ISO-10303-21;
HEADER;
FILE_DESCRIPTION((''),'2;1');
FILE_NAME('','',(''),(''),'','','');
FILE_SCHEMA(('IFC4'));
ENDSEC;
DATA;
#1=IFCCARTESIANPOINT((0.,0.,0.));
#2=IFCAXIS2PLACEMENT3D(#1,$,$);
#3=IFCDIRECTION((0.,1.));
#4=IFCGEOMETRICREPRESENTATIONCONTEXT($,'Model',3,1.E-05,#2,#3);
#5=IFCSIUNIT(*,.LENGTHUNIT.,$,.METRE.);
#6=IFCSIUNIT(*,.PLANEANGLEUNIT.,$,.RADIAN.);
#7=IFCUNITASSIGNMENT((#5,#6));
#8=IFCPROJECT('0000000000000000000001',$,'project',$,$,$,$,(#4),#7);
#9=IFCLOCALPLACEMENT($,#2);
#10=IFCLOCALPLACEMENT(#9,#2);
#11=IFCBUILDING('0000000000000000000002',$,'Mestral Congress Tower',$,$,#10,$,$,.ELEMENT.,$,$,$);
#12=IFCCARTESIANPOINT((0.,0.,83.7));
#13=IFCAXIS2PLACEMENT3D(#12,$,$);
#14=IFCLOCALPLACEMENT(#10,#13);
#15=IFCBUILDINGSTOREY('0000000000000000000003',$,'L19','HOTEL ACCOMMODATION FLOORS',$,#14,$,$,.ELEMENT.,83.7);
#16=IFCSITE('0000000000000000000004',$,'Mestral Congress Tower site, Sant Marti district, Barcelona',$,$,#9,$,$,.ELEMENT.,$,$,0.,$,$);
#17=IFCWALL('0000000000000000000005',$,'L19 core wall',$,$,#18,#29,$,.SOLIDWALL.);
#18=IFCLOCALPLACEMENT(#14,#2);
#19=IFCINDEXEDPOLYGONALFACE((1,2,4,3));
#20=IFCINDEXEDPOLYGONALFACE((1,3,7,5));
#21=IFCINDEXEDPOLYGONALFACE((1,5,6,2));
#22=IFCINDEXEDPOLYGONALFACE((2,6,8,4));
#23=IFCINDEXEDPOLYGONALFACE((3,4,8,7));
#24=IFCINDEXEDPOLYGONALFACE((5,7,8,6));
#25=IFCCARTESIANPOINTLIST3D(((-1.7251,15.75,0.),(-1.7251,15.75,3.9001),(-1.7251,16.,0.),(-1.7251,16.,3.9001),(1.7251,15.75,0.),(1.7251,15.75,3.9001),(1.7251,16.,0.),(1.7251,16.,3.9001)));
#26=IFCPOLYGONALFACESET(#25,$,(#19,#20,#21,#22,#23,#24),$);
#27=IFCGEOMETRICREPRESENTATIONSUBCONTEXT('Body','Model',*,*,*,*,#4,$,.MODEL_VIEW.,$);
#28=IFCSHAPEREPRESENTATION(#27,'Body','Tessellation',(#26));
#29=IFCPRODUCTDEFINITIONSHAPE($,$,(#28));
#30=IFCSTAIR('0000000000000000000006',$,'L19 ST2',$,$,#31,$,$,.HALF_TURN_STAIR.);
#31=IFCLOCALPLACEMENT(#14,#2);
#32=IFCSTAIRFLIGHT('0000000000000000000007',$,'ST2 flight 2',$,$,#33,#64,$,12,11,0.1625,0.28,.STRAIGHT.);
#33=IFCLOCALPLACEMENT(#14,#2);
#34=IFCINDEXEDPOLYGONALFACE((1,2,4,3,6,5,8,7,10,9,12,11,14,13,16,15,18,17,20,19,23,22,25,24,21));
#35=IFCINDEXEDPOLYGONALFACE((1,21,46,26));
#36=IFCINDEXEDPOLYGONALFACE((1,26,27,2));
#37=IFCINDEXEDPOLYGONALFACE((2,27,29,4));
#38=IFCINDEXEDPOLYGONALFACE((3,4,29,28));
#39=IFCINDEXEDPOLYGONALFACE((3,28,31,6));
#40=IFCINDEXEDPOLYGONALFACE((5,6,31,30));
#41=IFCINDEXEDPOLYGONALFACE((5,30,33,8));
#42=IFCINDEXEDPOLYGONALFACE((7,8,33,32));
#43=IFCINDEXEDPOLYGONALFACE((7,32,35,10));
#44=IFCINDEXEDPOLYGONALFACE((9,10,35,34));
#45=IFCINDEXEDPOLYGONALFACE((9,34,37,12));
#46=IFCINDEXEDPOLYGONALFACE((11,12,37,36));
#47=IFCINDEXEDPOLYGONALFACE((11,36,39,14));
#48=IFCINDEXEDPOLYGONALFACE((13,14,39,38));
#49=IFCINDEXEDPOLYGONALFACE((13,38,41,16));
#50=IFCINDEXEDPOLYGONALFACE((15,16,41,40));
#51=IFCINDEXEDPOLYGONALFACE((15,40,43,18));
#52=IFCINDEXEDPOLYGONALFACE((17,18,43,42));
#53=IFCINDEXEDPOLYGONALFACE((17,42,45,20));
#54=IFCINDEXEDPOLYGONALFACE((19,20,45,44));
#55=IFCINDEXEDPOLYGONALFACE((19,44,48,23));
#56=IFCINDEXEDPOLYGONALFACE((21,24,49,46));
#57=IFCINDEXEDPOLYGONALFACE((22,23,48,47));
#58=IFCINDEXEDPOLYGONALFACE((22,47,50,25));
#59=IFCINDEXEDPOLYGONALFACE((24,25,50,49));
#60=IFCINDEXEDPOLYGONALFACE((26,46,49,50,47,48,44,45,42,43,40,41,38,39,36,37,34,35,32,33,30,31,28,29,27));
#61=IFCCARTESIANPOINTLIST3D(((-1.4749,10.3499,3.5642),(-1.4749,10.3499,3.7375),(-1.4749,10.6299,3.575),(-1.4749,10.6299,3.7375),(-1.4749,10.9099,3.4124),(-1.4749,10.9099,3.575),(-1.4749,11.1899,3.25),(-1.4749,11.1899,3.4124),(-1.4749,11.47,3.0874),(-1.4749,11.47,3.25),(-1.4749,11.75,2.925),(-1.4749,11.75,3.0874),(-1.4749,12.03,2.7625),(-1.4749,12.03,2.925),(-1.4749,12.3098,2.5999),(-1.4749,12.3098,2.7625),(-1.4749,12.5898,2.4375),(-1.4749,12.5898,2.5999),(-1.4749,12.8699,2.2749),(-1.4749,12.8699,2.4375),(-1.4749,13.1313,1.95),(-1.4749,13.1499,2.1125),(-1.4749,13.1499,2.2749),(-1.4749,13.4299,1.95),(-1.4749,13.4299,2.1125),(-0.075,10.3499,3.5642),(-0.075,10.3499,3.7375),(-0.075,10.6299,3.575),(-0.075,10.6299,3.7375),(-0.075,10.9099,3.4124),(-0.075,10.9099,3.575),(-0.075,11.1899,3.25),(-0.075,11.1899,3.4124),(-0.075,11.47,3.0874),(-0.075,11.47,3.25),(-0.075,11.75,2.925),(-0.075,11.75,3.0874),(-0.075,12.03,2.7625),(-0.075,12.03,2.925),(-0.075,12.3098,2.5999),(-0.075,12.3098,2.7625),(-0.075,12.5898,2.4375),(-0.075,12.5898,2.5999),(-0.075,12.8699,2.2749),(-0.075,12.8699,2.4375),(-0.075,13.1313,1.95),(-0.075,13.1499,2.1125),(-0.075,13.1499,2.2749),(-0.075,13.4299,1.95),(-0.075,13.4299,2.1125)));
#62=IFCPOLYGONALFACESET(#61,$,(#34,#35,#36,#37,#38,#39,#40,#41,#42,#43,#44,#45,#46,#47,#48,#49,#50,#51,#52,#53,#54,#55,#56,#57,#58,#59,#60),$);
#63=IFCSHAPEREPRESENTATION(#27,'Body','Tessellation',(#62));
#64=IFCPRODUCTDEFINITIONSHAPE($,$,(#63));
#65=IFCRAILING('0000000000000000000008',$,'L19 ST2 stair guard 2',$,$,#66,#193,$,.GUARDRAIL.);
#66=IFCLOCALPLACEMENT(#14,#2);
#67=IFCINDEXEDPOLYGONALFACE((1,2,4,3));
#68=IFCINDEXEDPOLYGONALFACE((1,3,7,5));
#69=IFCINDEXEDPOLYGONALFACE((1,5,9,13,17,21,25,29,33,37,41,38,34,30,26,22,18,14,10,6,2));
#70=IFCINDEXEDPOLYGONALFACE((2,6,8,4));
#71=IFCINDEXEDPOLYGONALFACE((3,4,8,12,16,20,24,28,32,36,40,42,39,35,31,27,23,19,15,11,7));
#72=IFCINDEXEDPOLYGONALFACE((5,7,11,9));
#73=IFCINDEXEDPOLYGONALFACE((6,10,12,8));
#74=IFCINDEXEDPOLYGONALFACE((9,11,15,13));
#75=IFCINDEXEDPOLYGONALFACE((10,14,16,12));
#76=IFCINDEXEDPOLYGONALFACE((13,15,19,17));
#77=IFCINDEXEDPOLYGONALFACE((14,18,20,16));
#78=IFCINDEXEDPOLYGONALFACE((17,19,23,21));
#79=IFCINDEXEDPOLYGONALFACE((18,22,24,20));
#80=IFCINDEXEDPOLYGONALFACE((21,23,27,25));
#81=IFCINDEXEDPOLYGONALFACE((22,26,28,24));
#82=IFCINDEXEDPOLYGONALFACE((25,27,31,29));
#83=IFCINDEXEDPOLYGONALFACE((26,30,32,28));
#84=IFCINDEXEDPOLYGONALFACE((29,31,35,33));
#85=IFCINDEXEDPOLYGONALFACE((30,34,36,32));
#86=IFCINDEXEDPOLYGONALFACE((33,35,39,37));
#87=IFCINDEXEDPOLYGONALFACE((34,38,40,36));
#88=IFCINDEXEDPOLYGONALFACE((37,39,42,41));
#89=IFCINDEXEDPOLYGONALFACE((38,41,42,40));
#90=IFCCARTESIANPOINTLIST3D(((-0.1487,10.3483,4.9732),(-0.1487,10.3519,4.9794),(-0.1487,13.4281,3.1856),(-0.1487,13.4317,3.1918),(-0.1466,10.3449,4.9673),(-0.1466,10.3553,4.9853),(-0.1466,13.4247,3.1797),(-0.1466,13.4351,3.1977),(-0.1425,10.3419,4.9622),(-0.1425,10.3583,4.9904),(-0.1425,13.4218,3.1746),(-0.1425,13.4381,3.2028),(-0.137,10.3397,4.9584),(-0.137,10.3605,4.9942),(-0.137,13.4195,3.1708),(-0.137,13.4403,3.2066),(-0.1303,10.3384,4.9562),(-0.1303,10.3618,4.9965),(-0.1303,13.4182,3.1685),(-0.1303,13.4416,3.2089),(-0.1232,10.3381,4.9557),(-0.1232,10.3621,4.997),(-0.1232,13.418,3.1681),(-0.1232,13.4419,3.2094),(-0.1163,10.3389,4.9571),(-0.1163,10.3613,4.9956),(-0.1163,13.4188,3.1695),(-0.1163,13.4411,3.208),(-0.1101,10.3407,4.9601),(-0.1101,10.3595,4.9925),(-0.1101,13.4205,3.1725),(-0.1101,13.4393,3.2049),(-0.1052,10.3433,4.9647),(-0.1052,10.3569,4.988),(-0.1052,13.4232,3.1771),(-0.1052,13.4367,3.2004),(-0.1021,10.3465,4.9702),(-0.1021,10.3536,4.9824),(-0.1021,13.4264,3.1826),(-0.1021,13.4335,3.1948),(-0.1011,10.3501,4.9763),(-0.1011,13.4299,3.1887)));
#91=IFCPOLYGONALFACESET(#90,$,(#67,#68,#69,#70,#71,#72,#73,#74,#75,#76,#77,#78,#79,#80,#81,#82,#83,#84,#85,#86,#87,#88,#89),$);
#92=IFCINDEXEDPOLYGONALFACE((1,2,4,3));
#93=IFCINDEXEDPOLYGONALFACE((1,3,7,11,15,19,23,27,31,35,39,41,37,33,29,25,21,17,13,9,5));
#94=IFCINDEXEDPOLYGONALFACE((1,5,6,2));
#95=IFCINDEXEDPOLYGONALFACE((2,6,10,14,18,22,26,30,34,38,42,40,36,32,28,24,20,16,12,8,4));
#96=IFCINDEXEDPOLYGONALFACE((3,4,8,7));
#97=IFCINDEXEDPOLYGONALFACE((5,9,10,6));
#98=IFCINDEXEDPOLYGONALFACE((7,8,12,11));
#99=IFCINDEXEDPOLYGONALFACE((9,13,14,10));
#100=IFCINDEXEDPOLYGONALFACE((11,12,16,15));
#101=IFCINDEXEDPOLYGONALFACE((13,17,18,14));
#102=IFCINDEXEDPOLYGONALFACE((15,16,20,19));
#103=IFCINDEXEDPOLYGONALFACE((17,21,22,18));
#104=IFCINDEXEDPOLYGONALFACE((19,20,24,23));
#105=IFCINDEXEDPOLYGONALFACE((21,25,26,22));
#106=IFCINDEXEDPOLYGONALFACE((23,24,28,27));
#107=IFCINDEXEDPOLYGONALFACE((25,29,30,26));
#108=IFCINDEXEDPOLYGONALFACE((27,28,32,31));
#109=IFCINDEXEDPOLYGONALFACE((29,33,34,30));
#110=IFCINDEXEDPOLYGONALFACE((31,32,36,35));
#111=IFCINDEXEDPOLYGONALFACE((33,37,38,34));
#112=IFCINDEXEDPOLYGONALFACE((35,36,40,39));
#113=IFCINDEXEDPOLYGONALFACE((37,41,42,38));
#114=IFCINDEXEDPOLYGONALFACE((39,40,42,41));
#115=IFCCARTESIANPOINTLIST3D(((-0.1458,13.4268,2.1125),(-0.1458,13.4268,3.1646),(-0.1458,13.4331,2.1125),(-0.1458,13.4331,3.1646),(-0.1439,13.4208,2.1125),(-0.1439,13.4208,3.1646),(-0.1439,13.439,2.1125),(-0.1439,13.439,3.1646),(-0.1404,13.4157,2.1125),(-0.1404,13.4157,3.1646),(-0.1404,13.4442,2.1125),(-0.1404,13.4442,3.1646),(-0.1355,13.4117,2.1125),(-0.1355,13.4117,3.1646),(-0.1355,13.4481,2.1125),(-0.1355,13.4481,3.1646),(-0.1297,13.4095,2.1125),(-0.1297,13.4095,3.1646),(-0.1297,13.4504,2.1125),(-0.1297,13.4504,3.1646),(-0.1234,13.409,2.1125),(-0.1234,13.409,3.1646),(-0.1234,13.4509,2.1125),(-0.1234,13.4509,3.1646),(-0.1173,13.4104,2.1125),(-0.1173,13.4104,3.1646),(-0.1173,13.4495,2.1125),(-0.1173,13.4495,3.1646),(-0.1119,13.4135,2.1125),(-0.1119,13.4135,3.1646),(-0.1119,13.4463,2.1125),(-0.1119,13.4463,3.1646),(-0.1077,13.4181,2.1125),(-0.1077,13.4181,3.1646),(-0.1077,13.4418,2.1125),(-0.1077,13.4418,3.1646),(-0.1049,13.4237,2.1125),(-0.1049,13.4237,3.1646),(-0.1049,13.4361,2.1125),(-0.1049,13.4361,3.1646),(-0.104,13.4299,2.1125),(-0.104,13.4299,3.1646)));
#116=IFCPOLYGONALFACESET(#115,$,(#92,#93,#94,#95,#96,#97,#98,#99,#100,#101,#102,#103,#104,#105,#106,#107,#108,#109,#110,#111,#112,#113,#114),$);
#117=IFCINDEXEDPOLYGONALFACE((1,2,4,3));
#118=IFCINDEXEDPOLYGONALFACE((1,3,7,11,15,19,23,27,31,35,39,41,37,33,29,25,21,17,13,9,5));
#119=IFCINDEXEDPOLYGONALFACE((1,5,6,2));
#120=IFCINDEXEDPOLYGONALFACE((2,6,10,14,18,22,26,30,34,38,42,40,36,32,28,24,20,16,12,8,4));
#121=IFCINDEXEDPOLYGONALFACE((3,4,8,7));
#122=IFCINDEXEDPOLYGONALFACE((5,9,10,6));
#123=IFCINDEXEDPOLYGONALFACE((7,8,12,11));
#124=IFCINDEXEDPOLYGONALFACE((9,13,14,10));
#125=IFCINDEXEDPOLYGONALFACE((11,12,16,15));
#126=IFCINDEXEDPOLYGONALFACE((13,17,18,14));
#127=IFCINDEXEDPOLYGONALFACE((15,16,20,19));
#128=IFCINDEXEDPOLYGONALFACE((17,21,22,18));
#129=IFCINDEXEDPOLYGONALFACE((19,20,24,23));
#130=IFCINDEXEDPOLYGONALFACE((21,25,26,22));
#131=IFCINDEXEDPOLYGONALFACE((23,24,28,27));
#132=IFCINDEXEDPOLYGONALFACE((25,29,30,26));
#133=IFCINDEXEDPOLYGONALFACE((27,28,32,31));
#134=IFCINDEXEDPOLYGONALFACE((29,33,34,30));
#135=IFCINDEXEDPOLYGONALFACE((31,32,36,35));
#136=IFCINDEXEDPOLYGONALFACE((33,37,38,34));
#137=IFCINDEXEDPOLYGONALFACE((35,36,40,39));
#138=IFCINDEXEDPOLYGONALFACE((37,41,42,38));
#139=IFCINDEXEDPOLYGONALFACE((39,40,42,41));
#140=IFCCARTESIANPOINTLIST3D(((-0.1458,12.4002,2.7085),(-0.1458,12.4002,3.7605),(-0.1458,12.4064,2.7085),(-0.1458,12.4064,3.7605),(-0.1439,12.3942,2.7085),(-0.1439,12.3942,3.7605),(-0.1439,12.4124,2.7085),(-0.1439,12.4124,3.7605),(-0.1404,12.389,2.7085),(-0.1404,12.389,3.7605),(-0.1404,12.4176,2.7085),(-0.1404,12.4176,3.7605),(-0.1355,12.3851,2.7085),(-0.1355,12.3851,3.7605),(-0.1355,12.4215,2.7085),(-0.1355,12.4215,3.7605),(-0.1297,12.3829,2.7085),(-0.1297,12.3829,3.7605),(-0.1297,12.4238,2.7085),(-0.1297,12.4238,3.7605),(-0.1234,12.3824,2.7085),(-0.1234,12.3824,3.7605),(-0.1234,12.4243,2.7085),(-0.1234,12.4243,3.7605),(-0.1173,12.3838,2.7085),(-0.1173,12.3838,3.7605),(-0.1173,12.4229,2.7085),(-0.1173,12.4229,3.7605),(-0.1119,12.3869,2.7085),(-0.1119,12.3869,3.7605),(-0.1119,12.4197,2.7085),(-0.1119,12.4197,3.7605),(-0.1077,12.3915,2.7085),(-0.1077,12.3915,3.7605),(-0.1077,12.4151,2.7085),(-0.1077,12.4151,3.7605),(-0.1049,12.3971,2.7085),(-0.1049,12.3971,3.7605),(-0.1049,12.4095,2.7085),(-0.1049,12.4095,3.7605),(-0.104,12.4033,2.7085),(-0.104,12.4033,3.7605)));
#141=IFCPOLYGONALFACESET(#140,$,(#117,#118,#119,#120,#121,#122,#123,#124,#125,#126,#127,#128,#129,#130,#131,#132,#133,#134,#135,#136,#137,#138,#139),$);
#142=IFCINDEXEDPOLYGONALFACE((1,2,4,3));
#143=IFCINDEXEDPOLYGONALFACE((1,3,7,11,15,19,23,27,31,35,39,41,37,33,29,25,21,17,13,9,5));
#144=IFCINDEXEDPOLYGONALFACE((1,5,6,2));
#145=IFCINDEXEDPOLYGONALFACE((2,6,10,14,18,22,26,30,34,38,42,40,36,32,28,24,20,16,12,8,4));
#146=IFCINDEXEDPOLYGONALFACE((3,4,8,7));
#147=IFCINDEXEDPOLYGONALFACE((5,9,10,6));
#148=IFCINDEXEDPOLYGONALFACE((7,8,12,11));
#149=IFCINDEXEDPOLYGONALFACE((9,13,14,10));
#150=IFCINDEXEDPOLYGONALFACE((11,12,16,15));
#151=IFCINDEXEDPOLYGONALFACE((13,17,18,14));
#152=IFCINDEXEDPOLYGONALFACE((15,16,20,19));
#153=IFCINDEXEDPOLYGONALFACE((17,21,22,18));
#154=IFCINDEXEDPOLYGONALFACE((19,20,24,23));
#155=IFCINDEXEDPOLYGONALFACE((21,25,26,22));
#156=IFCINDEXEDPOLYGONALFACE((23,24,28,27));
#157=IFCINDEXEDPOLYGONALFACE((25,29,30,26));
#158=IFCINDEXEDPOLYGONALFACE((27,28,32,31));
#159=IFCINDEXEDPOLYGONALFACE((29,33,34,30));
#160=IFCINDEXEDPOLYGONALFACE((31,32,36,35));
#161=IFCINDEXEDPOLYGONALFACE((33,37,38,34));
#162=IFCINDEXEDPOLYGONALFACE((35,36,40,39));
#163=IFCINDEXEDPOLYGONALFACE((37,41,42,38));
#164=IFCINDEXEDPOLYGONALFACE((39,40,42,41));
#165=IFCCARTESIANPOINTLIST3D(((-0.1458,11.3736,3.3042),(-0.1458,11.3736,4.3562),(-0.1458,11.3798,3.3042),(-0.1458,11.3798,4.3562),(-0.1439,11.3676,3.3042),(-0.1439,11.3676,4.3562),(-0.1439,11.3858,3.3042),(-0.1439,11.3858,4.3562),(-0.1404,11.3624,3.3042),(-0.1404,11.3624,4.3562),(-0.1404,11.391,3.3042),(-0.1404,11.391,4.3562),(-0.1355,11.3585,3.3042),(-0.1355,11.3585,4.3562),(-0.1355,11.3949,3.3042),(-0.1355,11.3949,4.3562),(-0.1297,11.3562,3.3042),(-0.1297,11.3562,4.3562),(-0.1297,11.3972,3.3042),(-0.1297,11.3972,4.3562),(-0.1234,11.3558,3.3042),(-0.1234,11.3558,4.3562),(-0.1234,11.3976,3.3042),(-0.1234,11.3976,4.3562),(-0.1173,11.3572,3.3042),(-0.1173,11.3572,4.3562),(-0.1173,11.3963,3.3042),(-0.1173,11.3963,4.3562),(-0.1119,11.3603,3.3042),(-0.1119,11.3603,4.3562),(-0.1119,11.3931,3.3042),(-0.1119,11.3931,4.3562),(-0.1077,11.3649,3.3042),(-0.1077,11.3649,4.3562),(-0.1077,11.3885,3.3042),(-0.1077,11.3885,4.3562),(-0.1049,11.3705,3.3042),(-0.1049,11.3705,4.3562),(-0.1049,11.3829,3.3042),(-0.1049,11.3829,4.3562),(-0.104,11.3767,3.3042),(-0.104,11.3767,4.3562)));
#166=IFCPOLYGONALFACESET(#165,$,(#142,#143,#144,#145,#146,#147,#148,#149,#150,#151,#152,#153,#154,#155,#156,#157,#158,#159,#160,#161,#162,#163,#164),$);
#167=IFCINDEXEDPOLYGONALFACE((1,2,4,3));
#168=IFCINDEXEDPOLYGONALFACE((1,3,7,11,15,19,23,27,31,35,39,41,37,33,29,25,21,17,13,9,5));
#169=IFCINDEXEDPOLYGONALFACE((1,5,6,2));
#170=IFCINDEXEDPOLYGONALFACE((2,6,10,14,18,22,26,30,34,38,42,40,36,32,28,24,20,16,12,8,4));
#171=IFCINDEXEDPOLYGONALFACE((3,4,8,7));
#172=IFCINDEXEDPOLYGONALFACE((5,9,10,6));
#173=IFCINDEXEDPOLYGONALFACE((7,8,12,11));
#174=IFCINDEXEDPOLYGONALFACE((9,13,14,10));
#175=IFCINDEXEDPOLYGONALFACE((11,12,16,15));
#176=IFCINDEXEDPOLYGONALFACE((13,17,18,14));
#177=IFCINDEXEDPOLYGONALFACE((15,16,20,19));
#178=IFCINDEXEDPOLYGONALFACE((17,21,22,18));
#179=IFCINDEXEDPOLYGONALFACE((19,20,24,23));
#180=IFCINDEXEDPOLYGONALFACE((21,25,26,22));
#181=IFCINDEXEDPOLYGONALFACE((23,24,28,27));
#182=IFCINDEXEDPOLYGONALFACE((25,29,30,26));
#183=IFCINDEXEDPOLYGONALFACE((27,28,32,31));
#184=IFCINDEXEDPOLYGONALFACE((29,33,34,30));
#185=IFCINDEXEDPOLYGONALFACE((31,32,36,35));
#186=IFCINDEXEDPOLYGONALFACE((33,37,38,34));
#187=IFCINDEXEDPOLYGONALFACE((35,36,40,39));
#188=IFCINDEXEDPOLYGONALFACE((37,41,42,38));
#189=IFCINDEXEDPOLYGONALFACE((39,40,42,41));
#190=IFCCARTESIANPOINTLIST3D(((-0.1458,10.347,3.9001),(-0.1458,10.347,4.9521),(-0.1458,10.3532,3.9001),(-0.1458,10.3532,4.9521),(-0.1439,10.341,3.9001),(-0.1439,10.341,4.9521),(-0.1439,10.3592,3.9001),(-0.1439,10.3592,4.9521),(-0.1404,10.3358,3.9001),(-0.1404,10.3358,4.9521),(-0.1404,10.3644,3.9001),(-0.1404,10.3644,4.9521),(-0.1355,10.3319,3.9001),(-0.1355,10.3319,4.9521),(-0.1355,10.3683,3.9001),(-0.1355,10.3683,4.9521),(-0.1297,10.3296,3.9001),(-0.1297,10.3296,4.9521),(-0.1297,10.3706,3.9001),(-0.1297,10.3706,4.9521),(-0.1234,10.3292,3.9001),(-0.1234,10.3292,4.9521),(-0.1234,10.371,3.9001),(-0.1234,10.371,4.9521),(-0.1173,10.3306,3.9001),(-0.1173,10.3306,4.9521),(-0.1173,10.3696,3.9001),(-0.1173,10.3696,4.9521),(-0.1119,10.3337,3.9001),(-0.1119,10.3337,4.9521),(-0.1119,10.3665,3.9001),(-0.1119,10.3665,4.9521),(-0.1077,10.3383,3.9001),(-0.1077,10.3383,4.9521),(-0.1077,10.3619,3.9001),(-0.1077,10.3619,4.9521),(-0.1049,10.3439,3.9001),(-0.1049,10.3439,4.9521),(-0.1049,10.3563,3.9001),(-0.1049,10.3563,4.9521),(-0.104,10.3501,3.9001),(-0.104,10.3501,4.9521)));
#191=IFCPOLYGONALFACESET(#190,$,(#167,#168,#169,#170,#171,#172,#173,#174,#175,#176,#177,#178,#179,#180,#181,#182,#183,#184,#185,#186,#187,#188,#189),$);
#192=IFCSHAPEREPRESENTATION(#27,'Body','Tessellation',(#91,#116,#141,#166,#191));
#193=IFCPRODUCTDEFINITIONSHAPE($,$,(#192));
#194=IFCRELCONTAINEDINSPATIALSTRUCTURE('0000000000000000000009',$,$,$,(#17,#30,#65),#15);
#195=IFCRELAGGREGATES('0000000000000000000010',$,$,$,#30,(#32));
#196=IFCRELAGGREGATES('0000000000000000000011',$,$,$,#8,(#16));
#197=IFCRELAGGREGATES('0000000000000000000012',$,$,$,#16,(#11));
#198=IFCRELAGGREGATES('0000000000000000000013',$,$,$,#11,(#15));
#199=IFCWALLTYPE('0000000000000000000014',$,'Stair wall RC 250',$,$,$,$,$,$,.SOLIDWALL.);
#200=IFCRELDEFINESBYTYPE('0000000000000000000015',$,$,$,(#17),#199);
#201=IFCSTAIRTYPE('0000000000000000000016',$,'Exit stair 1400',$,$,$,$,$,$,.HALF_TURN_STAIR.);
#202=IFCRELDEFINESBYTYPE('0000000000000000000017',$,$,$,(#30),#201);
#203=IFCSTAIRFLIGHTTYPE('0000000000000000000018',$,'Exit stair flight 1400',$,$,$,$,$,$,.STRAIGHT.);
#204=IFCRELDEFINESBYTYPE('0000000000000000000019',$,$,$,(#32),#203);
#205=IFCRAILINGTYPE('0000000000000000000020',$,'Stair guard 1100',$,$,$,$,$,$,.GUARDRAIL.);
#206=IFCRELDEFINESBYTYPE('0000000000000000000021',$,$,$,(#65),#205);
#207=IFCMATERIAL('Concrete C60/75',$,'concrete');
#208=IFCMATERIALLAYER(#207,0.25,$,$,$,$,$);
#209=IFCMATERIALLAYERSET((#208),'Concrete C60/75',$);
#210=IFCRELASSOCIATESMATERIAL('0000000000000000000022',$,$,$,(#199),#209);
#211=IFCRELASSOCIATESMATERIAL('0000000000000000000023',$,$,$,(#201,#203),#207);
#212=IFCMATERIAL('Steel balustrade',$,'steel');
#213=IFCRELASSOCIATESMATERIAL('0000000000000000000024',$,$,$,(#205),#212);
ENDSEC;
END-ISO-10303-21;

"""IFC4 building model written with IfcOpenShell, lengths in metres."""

from ifc_helpers import new_model, si_unit, direction, frame, frame_2d, origin, origin_2d, place, context, subcontext, project, spatial, polyline, rectangle, circle, outline, extrude, material, layer, layer_set, type_object, element, aggregate, save


model = new_model("IFC4")

# Units and contexts
model_context = context("Model", 3, precision=1e-05, world=origin(), true_north=direction((0.0, 1.0)))
body_context = subcontext(model_context, "Body", "Model", "MODEL_VIEW")
ifc_project = project(units=[si_unit("LENGTHUNIT", "METRE"), si_unit("PLANEANGLEUNIT", "RADIAN")], contexts=[model_context])

# Site, building, storey
site_placement = place(None, origin())
site = spatial("IfcSite", under=ifc_project, at=site_placement, Name="Mestral Congress Tower site, Sant Marti district, Barcelona", CompositionType="ELEMENT", RefElevation=0.0)
building_placement = place(site_placement, origin())
building = spatial("IfcBuilding", under=site, at=building_placement, Name="Mestral Congress Tower", CompositionType="ELEMENT")
storey_placement = place(building_placement, frame((0.0, 0.0, 83.7)))
storey = spatial("IfcBuildingStorey", under=building, at=storey_placement, Name="L19", Description="HOTEL ACCOMMODATION FLOORS", CompositionType="ELEMENT", Elevation=83.7)

# Shared definitions
ifc_material_1 = material(Name="Concrete C60/75", Category="concrete")

# Wall
ifc_layer_1 = layer(ifc_material_1, 0.25)
ifc_layer_set_1 = layer_set([ifc_layer_1], Name="Concrete C60/75")
wall_type_1 = type_object("IfcWallType", Name="Stair wall RC 250", PredefinedType="SOLIDWALL", material=ifc_layer_set_1)
wall_1_placement = place(storey_placement, frame((-1.7251, 15.875, 0.0), z_axis=(0.0, 0.0, 1.0), x_axis=(1.0, 0.0, 0.0)))
element("IfcWall", 1, at=wall_1_placement, inside=storey, type_object=wall_type_1, Name="L19 core wall", PredefinedType="SOLIDWALL", context=body_context, shape_type="SweptSolid", body=[
    extrude(rectangle(XDim=3.4502, YDim=0.25, at=frame_2d((1.7251, 0.0))), origin(), (0.0, 0.0, 1.0), 3.9001),
])

# Stair, stair flight
stair_type = type_object("IfcStairType", Name="Exit stair 1400", PredefinedType="HALF_TURN_STAIR", material=ifc_material_1)
stair_placement = place(storey_placement, origin())
stair = element("IfcStair", 2, at=stair_placement, inside=storey, type_object=stair_type, Name="L19 ST2", PredefinedType="HALF_TURN_STAIR")
stair_flight_type = type_object("IfcStairFlightType", Name="Exit stair flight 1400", PredefinedType="STRAIGHT", material=ifc_material_1)
stair_flight_placement = place(storey_placement, frame((-0.7749, 13.4299, 1.95), z_axis=(0.0, 0.0, 1.0), x_axis=(0.0, -1.0, 0.0)))
stair_flight = element("IfcStairFlight", 3, at=stair_flight_placement, type_object=stair_flight_type, Name="ST2 flight 2", NumberOfRisers=12, NumberOfTreads=11, PredefinedType="STRAIGHT", RiserHeight=0.1625, TreadLength=0.28, context=body_context, shape_type="SweptSolid", body=[
    extrude(outline(polyline([(0.0, 0.0), (0.0, 0.1626), (0.28, 0.1626), (0.28, 0.325), (0.5601, 0.325), (0.5601, 0.4875), (0.8401, 0.4875), (0.8401, 0.6499), (1.1201, 0.6499), (1.1201, 0.8125), (1.3999, 0.8125), (1.3999, 0.9751), (1.6799, 0.9751), (1.6799, 1.1375), (1.96, 1.1375), (1.96, 1.3), (2.24, 1.3), (2.24, 1.4624), (2.52, 1.4624), (2.52, 1.625), (2.8, 1.625), (2.8, 1.7876), (3.0801, 1.7876), (3.0801, 1.95), (3.0801, 1.6143), (0.2986, 0.0), (0.0, 0.0)])), frame((0.0, 0.7, 0.0), z_axis=(0.0, -1.0, 0.0), x_axis=(1.0, 0.0, 0.0)), (0.0, 0.0, 1.0), 1.3999),
])
aggregate(stair, [stair_flight])

# Railing
ifc_material_2 = material(Name="Steel balustrade", Category="steel")
railing_type = type_object("IfcRailingType", Name="Stair guard 1100", PredefinedType="GUARDRAIL", material=ifc_material_2)
railing_placement = place(storey_placement, frame((-0.125, 13.4299, 2.1125)))
element("IfcRailing", 4, at=railing_placement, inside=storey, type_object=railing_type, Name="L19 ST2 stair guard 2", PredefinedType="GUARDRAIL", context=body_context, shape_type="SweptSolid", body=[
    extrude(circle(Radius=0.0239, at=origin_2d()), frame((0.0, 0.0, 1.0762), z_axis=(0.0, -0.864873, 0.50199), x_axis=(1.0, 0.0, 0.0)), (0.0, 0.0, 1.0), 3.561),
    extrude(circle(Radius=0.021, at=origin_2d()), origin(), (0.0, 0.0, 1.0), 1.052),
    extrude(circle(Radius=0.021, at=origin_2d()), frame((0.0, -1.0266, 0.5959)), (0.0, 0.0, 1.0), 1.052),
    extrude(circle(Radius=0.021, at=origin_2d()), frame((0.0, -2.0532, 1.1917)), (0.0, 0.0, 1.0), 1.052),
    extrude(circle(Radius=0.021, at=origin_2d()), frame((0.0, -3.0798, 1.7876)), (0.0, 0.0, 1.0), 1.052),
])

save(model, "model.ifc")
